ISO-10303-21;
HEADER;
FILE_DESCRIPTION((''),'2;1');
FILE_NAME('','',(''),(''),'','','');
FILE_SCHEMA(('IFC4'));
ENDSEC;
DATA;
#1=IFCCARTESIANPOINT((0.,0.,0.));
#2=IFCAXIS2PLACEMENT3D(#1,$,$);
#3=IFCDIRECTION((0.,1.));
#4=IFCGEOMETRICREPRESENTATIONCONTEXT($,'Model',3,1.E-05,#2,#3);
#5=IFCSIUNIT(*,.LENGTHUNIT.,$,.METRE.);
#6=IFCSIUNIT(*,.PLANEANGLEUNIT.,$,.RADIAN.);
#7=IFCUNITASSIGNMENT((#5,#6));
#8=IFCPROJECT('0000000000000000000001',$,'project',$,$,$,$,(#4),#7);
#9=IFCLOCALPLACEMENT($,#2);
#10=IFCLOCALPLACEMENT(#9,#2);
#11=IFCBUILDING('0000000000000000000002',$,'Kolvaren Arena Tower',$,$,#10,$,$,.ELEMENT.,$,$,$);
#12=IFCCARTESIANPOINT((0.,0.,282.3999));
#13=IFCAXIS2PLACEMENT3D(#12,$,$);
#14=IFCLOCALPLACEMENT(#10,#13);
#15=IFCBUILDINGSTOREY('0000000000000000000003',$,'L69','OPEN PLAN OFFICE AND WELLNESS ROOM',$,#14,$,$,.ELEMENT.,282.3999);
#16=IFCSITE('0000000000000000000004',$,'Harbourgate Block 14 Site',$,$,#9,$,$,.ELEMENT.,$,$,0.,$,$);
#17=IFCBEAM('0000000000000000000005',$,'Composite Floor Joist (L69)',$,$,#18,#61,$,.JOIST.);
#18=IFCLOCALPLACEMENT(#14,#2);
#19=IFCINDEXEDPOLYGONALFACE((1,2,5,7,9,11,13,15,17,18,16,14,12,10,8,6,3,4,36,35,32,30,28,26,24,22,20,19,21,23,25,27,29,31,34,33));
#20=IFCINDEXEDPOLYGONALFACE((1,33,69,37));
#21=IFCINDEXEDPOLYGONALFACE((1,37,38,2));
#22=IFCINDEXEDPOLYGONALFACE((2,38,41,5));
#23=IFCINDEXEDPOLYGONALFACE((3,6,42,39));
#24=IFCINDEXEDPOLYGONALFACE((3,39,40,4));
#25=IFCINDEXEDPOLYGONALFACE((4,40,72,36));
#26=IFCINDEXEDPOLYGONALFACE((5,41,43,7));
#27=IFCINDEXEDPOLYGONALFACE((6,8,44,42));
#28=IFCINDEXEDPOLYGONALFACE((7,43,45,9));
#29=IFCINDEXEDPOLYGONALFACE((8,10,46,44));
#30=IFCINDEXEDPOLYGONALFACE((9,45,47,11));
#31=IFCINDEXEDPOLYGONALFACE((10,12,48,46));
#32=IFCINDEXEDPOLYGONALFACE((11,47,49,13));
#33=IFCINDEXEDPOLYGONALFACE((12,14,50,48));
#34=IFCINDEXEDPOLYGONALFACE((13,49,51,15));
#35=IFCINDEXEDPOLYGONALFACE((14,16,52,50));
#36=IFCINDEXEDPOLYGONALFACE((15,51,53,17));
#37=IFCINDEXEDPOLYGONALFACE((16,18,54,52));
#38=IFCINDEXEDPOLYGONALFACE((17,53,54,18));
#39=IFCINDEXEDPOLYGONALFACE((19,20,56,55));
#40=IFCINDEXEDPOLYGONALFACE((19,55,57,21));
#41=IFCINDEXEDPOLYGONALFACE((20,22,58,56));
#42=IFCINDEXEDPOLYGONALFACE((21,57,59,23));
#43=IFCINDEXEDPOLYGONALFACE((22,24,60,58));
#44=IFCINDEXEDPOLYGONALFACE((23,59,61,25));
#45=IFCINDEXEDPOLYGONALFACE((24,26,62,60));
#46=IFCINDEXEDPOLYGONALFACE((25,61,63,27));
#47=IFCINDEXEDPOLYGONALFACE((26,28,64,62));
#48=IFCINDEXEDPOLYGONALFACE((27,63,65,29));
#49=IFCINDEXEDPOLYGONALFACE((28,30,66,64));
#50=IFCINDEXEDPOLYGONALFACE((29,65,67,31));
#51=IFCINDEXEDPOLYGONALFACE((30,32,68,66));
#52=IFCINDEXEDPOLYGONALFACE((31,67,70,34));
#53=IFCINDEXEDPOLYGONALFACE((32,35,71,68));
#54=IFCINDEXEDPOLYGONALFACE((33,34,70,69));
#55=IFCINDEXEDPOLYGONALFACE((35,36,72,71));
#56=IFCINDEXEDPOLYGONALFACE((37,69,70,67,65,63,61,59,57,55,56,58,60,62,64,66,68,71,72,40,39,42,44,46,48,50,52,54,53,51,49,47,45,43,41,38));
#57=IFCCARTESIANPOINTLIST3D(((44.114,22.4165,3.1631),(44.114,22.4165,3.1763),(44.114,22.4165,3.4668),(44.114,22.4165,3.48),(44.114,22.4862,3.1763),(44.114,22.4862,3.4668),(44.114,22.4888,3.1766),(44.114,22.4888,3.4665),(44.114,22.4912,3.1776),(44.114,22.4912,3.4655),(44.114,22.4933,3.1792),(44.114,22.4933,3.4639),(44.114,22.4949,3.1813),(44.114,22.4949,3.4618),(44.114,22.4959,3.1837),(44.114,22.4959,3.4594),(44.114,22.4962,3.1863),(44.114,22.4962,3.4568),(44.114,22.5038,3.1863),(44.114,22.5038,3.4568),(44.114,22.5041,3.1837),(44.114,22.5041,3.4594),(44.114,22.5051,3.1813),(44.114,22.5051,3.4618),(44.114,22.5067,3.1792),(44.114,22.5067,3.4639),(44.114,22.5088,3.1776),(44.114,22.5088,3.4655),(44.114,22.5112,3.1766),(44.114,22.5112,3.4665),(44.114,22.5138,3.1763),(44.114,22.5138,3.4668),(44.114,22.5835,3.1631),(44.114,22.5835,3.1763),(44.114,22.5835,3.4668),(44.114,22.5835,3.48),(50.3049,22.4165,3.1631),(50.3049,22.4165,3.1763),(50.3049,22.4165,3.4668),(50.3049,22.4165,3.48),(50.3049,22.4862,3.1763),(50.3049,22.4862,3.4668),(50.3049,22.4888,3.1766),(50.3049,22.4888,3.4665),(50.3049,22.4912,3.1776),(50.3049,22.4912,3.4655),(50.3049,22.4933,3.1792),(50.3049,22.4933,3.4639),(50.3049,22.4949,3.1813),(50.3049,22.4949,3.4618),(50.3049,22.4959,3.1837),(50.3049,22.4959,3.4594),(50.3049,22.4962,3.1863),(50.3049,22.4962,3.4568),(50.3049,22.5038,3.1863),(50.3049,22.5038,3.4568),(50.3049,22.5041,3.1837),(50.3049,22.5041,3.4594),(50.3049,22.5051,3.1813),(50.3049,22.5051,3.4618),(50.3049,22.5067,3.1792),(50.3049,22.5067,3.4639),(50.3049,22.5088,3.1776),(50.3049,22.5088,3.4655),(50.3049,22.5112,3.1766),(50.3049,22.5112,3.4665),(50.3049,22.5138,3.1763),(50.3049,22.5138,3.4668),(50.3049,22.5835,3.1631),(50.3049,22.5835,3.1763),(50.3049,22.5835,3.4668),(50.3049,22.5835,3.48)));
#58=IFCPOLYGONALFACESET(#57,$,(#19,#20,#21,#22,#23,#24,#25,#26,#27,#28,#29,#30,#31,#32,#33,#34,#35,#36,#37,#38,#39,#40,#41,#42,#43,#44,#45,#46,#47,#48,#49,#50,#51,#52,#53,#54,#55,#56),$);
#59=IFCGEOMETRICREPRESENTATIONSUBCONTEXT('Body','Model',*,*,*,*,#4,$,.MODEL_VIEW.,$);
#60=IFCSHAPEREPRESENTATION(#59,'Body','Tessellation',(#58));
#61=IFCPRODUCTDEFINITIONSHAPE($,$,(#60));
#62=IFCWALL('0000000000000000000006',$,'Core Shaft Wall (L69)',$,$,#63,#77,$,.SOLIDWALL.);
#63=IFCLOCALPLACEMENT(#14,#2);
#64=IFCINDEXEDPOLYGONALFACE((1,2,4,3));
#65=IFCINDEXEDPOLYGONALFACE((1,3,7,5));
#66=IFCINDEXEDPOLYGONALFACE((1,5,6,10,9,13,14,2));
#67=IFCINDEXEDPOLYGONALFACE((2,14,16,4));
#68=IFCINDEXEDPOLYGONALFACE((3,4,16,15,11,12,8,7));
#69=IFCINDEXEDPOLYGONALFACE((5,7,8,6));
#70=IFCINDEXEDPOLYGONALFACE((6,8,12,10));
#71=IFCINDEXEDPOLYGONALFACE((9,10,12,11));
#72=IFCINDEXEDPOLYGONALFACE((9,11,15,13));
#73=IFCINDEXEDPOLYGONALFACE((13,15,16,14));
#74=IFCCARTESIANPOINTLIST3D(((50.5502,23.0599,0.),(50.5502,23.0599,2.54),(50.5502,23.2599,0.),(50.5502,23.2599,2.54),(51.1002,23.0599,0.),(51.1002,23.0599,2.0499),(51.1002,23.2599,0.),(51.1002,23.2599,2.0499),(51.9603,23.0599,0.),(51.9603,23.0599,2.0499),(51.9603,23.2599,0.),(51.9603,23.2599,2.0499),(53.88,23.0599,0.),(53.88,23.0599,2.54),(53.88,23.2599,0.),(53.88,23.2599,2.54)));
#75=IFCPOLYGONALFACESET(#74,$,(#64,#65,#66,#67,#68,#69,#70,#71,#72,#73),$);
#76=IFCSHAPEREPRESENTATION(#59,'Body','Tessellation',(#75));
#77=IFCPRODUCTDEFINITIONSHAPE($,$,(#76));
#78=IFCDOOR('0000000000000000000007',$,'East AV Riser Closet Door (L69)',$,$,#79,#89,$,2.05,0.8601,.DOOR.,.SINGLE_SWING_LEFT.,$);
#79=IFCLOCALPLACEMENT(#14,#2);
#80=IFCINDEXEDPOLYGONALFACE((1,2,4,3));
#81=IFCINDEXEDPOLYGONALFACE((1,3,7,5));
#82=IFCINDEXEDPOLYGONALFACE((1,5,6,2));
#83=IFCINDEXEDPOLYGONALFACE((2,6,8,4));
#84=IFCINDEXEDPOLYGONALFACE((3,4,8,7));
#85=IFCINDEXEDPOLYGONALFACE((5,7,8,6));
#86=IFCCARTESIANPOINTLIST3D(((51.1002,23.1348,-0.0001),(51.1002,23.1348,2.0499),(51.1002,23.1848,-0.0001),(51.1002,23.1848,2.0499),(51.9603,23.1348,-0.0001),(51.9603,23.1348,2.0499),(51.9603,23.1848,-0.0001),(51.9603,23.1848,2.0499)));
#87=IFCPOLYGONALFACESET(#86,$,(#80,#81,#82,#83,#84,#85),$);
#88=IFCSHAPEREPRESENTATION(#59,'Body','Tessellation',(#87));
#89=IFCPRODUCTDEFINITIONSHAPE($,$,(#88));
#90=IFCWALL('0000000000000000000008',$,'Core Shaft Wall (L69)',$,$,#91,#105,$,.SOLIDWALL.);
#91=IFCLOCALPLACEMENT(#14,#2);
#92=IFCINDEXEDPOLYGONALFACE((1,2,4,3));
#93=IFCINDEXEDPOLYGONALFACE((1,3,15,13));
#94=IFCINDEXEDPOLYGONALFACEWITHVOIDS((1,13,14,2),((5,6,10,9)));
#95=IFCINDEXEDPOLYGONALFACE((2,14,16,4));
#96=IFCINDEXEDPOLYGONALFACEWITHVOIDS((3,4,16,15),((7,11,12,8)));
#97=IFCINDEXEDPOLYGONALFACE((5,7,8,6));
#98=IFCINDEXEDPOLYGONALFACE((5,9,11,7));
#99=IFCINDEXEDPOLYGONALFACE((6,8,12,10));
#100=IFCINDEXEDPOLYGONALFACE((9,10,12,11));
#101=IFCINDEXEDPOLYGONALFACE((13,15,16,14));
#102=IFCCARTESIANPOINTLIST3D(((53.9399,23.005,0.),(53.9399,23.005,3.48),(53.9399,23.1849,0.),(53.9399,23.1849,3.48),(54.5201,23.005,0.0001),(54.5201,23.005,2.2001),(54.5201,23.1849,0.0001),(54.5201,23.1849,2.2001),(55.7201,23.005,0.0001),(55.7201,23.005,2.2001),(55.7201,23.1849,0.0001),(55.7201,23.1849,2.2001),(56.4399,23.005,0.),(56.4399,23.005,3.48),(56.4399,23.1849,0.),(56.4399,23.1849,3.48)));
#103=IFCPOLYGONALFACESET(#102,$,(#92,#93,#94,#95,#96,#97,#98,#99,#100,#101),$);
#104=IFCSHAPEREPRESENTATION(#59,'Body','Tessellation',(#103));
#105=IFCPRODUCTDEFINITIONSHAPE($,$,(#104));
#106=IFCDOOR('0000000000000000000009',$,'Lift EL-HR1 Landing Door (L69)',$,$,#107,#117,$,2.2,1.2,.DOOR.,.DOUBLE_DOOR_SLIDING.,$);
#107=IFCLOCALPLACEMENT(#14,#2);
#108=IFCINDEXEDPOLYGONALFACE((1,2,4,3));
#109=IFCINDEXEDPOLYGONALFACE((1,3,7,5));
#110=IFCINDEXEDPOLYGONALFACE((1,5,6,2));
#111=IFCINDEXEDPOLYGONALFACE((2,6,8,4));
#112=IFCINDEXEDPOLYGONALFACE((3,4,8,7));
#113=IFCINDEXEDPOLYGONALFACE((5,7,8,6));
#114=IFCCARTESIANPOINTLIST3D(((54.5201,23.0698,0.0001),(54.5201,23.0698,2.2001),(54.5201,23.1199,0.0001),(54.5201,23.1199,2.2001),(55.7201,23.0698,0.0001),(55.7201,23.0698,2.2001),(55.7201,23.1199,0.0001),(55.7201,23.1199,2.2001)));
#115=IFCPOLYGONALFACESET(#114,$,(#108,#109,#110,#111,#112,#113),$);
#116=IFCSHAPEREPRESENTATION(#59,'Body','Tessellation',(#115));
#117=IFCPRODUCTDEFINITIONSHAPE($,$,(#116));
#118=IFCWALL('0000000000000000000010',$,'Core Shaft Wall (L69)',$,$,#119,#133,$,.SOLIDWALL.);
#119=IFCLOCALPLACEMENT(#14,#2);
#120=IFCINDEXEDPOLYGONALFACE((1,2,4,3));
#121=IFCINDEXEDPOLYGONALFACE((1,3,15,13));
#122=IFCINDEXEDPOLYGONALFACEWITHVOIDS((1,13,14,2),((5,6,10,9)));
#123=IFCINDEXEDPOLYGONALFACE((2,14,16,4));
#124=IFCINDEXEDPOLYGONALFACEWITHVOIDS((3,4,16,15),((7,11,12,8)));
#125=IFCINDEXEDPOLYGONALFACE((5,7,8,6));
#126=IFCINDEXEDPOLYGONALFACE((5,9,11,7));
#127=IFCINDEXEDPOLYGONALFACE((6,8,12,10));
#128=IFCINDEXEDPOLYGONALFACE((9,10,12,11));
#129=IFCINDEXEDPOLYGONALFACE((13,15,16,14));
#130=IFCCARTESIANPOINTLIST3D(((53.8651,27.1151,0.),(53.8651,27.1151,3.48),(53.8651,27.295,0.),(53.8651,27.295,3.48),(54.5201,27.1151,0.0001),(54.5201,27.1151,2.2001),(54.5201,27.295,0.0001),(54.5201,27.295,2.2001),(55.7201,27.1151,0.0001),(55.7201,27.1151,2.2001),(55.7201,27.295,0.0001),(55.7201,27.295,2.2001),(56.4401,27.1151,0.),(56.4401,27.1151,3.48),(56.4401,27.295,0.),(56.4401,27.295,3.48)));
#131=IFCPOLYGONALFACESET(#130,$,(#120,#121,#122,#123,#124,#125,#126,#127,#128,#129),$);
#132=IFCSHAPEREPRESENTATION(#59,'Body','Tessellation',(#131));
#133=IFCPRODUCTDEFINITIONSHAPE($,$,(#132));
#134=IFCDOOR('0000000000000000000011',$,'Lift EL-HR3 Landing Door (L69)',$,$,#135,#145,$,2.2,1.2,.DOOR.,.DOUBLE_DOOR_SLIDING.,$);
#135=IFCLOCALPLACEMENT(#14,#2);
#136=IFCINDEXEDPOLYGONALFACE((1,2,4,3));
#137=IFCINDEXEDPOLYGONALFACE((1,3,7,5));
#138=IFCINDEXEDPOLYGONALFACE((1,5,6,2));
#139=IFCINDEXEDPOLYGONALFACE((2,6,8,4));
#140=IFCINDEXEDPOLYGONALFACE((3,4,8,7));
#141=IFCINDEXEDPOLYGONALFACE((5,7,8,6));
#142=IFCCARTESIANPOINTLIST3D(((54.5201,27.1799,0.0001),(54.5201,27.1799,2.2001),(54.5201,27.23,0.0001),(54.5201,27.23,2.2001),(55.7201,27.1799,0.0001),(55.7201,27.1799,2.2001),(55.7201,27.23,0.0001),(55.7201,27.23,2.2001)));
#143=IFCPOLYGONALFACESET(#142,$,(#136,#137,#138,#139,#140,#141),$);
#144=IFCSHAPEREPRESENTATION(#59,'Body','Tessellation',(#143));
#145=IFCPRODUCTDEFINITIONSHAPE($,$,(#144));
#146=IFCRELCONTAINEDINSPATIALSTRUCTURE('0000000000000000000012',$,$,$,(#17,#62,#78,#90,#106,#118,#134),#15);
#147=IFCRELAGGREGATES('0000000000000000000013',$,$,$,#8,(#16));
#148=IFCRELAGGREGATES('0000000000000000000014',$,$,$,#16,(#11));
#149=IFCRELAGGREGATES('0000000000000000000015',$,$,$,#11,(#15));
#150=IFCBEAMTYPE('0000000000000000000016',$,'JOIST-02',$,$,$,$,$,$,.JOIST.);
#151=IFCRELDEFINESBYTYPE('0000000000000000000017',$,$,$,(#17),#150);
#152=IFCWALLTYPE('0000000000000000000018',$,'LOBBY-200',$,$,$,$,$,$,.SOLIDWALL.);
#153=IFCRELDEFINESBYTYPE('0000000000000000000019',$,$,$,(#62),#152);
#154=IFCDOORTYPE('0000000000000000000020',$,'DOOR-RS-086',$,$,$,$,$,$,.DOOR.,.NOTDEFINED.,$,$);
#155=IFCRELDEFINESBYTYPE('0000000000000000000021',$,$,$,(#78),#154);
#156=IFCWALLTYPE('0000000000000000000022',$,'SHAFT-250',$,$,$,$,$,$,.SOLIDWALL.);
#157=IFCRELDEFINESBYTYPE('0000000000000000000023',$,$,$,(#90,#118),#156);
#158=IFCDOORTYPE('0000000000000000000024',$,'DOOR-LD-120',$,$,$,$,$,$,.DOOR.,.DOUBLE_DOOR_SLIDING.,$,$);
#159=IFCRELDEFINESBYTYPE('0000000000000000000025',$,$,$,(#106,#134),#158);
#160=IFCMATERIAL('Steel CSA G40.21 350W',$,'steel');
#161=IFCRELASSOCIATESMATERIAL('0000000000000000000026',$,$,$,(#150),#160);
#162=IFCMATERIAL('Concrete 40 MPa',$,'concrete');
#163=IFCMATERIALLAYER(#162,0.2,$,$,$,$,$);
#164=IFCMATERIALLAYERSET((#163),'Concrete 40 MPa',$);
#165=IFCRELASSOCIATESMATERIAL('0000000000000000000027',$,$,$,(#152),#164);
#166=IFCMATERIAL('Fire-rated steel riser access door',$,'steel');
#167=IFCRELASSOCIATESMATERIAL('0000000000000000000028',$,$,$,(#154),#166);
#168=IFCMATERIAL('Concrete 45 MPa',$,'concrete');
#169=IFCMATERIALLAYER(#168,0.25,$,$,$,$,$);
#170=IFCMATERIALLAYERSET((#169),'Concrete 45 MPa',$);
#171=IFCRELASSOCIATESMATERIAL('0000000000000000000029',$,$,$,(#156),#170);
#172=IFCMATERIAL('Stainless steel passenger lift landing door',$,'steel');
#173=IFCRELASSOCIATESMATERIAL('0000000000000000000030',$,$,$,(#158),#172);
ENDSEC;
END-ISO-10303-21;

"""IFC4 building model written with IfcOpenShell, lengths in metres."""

from ifc_helpers import new_model, si_unit, direction, frame, frame_2d, origin, origin_2d, place, context, subcontext, project, spatial, rectangle, i_section, extrude, material, layer, layer_set, material_profile, profile_set, type_object, element, fill, save


model = new_model("IFC4")

# Units and contexts
model_context = context("Model", 3, precision=1e-05, world=origin(), true_north=direction((0.0, 1.0)))
body_context = subcontext(model_context, "Body", "Model", "MODEL_VIEW")
ifc_project = project(units=[si_unit("LENGTHUNIT", "METRE"), si_unit("PLANEANGLEUNIT", "RADIAN")], contexts=[model_context])

# Site, building, storey
site_placement = place(None, origin())
site = spatial("IfcSite", under=ifc_project, at=site_placement, Name="Harbourgate Block 14 Site", CompositionType="ELEMENT", RefElevation=0.0)
building_placement = place(site_placement, origin())
building = spatial("IfcBuilding", under=site, at=building_placement, Name="Kolvaren Arena Tower", CompositionType="ELEMENT")
storey_placement = place(building_placement, frame((0.0, 0.0, 282.3999)))
storey = spatial("IfcBuildingStorey", under=building, at=storey_placement, Name="L69", Description="OPEN PLAN OFFICE AND WELLNESS ROOM", CompositionType="ELEMENT", Elevation=282.3999)

# Beam
ifc_material_1 = material(Name="Steel CSA G40.21 350W", Category="steel")
ifc_material_profile_1 = material_profile(ifc_material_1, i_section(OverallWidth=0.167, OverallDepth=0.3169, WebThickness=0.0076, FlangeThickness=0.0132, FilletRadius=0.01, at=origin_2d()), Name="W310x52")
ifc_profile_set_1 = profile_set([ifc_material_profile_1], Name="Steel CSA G40.21 350W")
beam_type_1 = type_object("IfcBeamType", Name="JOIST-02", PredefinedType="JOIST", material=ifc_profile_set_1)
beam_1_placement = place(storey_placement, frame((44.114, 22.5, 3.3215), z_axis=(1.0, 0.0, 0.0), x_axis=(0.0, 1.0, 0.0)))
element("IfcBeam", 1, at=beam_1_placement, inside=storey, type_object=beam_type_1, Name="Composite Floor Joist (L69)", PredefinedType="JOIST", context=body_context, shape_type="SweptSolid", body=[
    extrude(i_section(OverallWidth=0.167, OverallDepth=0.3169, WebThickness=0.0076, FlangeThickness=0.0132, FilletRadius=0.01, at=origin_2d()), origin(), (0.0, 0.0, 1.0), 6.1909),
])

# Shared definitions
ifc_material_2 = material(Name="Concrete 40 MPa", Category="concrete")
ifc_layer_1 = layer(ifc_material_2, 0.2)
ifc_layer_set_1 = layer_set([ifc_layer_1], Name="Concrete 40 MPa")
wall_type_1 = type_object("IfcWallType", Name="LOBBY-200", PredefinedType="SOLIDWALL", material=ifc_layer_set_1)

# Walls, openings, doors
wall_1_placement = place(storey_placement, frame((50.55, 23.1599, 0.0), z_axis=(0.0, 0.0, 1.0), x_axis=(1.0, 0.0, 0.0)))
wall_1 = element("IfcWall", 2, at=wall_1_placement, inside=storey, type_object=wall_type_1, Name="Core Shaft Wall (L69)", PredefinedType="SOLIDWALL", context=body_context, shape_type="SweptSolid", body=[
    extrude(rectangle(XDim=3.3298, YDim=0.2, at=frame_2d((1.665, 0.0))), origin(), (0.0, 0.0, 1.0), 2.54),
])
opening_1_placement = place(wall_1_placement, frame((0.55, 0.0, 0.0)))
opening_1 = element("IfcOpeningElement", 3, at=opening_1_placement, cuts=wall_1, PredefinedType="OPENING", context=body_context, shape_type="SweptSolid", body=[
    extrude(rectangle(XDim=0.8601, YDim=2.05, at=frame_2d((0.4302, 1.0249))), frame((0.0, 0.1099, 0.0), z_axis=(0.0, -1.0, 0.0), x_axis=(1.0, 0.0, 0.0)), (0.0, 0.0, 1.0), 0.22),
])
ifc_material_3 = material(Name="Fire-rated steel riser access door", Category="steel")
door_type_1 = type_object("IfcDoorType", Name="DOOR-RS-086", OperationType="NOTDEFINED", PredefinedType="DOOR", material=ifc_material_3)
door_1_placement = place(opening_1_placement, origin())
door_1 = element("IfcDoor", 4, at=door_1_placement, inside=storey, type_object=door_type_1, Name="East AV Riser Closet Door (L69)", OperationType="SINGLE_SWING_LEFT", OverallHeight=2.05, OverallWidth=0.8601, PredefinedType="DOOR", context=body_context, shape_type="SweptSolid", body=[
    extrude(rectangle(XDim=0.8601, YDim=2.05, at=frame_2d((0.4302, 1.0249))), frame((0.0, 0.0249, 0.0), z_axis=(0.0, -1.0, 0.0), x_axis=(1.0, 0.0, 0.0)), (0.0, 0.0, 1.0), 0.05),
])
fill(opening_1, door_1)
ifc_material_4 = material(Name="Concrete 45 MPa", Category="concrete")
ifc_layer_2 = layer(ifc_material_4, 0.25)
ifc_layer_set_2 = layer_set([ifc_layer_2], Name="Concrete 45 MPa")
wall_type_2 = type_object("IfcWallType", Name="SHAFT-250", PredefinedType="SOLIDWALL", material=ifc_layer_set_2)
wall_2_placement = place(storey_placement, frame((53.9399, 23.095, 0.0), z_axis=(0.0, 0.0, 1.0), x_axis=(1.0, 0.0, 0.0)))
wall_2 = element("IfcWall", 5, at=wall_2_placement, inside=storey, type_object=wall_type_2, Name="Core Shaft Wall (L69)", PredefinedType="SOLIDWALL", context=body_context, shape_type="SweptSolid", body=[
    extrude(rectangle(XDim=2.5, YDim=0.1799, at=frame_2d((1.25, 0.0))), origin(), (0.0, 0.0, 1.0), 3.48),
])
opening_2_placement = place(wall_2_placement, frame((0.5801, 0.0, 0.0)))
opening_2 = element("IfcOpeningElement", 6, at=opening_2_placement, cuts=wall_2, PredefinedType="OPENING", context=body_context, shape_type="SweptSolid", body=[
    extrude(rectangle(XDim=1.2, YDim=2.2, at=frame_2d((0.6001, 1.1001))), frame((0.0, 0.0999, 0.0), z_axis=(0.0, -1.0, 0.0), x_axis=(1.0, 0.0, 0.0)), (0.0, 0.0, 1.0), 0.2),
])
ifc_material_5 = material(Name="Stainless steel passenger lift landing door", Category="steel")
door_type_2 = type_object("IfcDoorType", Name="DOOR-LD-120", OperationType="DOUBLE_DOOR_SLIDING", PredefinedType="DOOR", material=ifc_material_5)
door_2_placement = place(opening_2_placement, origin())
door_2 = element("IfcDoor", 7, at=door_2_placement, inside=storey, type_object=door_type_2, Name="Lift EL-HR1 Landing Door (L69)", OperationType="DOUBLE_DOOR_SLIDING", OverallHeight=2.2, OverallWidth=1.2, PredefinedType="DOOR", context=body_context, shape_type="SweptSolid", body=[
    extrude(rectangle(XDim=1.2, YDim=2.2, at=frame_2d((0.6001, 1.1001))), frame((0.0, 0.0249, 0.0), z_axis=(0.0, -1.0, 0.0), x_axis=(1.0, 0.0, 0.0)), (0.0, 0.0, 1.0), 0.05),
])
fill(opening_2, door_2)
wall_3_placement = place(storey_placement, frame((53.865, 27.2051, 0.0), z_axis=(0.0, 0.0, 1.0), x_axis=(1.0, 0.0, 0.0)))
wall_3 = element("IfcWall", 8, at=wall_3_placement, inside=storey, type_object=wall_type_2, Name="Core Shaft Wall (L69)", PredefinedType="SOLIDWALL", context=body_context, shape_type="SweptSolid", body=[
    extrude(rectangle(XDim=2.575, YDim=0.1799, at=frame_2d((1.2876, 0.0))), origin(), (0.0, 0.0, 1.0), 3.48),
])
opening_3_placement = place(wall_3_placement, frame((0.655, 0.0, 0.0)))
opening_3 = element("IfcOpeningElement", 9, at=opening_3_placement, cuts=wall_3, PredefinedType="OPENING", context=body_context, shape_type="SweptSolid", body=[
    extrude(rectangle(XDim=1.2, YDim=2.2, at=frame_2d((0.6001, 1.1001))), frame((0.0, 0.0999, 0.0), z_axis=(0.0, -1.0, 0.0), x_axis=(1.0, 0.0, 0.0)), (0.0, 0.0, 1.0), 0.2),
])
door_3_placement = place(opening_3_placement, origin())
door_3 = element("IfcDoor", 10, at=door_3_placement, inside=storey, type_object=door_type_2, Name="Lift EL-HR3 Landing Door (L69)", OperationType="DOUBLE_DOOR_SLIDING", OverallHeight=2.2, OverallWidth=1.2, PredefinedType="DOOR", context=body_context, shape_type="SweptSolid", body=[
    extrude(rectangle(XDim=1.2, YDim=2.2, at=frame_2d((0.6001, 1.1001))), frame((0.0, 0.0249, 0.0), z_axis=(0.0, -1.0, 0.0), x_axis=(1.0, 0.0, 0.0)), (0.0, 0.0, 1.0), 0.05),
])
fill(opening_3, door_3)

save(model, "model.ifc")
